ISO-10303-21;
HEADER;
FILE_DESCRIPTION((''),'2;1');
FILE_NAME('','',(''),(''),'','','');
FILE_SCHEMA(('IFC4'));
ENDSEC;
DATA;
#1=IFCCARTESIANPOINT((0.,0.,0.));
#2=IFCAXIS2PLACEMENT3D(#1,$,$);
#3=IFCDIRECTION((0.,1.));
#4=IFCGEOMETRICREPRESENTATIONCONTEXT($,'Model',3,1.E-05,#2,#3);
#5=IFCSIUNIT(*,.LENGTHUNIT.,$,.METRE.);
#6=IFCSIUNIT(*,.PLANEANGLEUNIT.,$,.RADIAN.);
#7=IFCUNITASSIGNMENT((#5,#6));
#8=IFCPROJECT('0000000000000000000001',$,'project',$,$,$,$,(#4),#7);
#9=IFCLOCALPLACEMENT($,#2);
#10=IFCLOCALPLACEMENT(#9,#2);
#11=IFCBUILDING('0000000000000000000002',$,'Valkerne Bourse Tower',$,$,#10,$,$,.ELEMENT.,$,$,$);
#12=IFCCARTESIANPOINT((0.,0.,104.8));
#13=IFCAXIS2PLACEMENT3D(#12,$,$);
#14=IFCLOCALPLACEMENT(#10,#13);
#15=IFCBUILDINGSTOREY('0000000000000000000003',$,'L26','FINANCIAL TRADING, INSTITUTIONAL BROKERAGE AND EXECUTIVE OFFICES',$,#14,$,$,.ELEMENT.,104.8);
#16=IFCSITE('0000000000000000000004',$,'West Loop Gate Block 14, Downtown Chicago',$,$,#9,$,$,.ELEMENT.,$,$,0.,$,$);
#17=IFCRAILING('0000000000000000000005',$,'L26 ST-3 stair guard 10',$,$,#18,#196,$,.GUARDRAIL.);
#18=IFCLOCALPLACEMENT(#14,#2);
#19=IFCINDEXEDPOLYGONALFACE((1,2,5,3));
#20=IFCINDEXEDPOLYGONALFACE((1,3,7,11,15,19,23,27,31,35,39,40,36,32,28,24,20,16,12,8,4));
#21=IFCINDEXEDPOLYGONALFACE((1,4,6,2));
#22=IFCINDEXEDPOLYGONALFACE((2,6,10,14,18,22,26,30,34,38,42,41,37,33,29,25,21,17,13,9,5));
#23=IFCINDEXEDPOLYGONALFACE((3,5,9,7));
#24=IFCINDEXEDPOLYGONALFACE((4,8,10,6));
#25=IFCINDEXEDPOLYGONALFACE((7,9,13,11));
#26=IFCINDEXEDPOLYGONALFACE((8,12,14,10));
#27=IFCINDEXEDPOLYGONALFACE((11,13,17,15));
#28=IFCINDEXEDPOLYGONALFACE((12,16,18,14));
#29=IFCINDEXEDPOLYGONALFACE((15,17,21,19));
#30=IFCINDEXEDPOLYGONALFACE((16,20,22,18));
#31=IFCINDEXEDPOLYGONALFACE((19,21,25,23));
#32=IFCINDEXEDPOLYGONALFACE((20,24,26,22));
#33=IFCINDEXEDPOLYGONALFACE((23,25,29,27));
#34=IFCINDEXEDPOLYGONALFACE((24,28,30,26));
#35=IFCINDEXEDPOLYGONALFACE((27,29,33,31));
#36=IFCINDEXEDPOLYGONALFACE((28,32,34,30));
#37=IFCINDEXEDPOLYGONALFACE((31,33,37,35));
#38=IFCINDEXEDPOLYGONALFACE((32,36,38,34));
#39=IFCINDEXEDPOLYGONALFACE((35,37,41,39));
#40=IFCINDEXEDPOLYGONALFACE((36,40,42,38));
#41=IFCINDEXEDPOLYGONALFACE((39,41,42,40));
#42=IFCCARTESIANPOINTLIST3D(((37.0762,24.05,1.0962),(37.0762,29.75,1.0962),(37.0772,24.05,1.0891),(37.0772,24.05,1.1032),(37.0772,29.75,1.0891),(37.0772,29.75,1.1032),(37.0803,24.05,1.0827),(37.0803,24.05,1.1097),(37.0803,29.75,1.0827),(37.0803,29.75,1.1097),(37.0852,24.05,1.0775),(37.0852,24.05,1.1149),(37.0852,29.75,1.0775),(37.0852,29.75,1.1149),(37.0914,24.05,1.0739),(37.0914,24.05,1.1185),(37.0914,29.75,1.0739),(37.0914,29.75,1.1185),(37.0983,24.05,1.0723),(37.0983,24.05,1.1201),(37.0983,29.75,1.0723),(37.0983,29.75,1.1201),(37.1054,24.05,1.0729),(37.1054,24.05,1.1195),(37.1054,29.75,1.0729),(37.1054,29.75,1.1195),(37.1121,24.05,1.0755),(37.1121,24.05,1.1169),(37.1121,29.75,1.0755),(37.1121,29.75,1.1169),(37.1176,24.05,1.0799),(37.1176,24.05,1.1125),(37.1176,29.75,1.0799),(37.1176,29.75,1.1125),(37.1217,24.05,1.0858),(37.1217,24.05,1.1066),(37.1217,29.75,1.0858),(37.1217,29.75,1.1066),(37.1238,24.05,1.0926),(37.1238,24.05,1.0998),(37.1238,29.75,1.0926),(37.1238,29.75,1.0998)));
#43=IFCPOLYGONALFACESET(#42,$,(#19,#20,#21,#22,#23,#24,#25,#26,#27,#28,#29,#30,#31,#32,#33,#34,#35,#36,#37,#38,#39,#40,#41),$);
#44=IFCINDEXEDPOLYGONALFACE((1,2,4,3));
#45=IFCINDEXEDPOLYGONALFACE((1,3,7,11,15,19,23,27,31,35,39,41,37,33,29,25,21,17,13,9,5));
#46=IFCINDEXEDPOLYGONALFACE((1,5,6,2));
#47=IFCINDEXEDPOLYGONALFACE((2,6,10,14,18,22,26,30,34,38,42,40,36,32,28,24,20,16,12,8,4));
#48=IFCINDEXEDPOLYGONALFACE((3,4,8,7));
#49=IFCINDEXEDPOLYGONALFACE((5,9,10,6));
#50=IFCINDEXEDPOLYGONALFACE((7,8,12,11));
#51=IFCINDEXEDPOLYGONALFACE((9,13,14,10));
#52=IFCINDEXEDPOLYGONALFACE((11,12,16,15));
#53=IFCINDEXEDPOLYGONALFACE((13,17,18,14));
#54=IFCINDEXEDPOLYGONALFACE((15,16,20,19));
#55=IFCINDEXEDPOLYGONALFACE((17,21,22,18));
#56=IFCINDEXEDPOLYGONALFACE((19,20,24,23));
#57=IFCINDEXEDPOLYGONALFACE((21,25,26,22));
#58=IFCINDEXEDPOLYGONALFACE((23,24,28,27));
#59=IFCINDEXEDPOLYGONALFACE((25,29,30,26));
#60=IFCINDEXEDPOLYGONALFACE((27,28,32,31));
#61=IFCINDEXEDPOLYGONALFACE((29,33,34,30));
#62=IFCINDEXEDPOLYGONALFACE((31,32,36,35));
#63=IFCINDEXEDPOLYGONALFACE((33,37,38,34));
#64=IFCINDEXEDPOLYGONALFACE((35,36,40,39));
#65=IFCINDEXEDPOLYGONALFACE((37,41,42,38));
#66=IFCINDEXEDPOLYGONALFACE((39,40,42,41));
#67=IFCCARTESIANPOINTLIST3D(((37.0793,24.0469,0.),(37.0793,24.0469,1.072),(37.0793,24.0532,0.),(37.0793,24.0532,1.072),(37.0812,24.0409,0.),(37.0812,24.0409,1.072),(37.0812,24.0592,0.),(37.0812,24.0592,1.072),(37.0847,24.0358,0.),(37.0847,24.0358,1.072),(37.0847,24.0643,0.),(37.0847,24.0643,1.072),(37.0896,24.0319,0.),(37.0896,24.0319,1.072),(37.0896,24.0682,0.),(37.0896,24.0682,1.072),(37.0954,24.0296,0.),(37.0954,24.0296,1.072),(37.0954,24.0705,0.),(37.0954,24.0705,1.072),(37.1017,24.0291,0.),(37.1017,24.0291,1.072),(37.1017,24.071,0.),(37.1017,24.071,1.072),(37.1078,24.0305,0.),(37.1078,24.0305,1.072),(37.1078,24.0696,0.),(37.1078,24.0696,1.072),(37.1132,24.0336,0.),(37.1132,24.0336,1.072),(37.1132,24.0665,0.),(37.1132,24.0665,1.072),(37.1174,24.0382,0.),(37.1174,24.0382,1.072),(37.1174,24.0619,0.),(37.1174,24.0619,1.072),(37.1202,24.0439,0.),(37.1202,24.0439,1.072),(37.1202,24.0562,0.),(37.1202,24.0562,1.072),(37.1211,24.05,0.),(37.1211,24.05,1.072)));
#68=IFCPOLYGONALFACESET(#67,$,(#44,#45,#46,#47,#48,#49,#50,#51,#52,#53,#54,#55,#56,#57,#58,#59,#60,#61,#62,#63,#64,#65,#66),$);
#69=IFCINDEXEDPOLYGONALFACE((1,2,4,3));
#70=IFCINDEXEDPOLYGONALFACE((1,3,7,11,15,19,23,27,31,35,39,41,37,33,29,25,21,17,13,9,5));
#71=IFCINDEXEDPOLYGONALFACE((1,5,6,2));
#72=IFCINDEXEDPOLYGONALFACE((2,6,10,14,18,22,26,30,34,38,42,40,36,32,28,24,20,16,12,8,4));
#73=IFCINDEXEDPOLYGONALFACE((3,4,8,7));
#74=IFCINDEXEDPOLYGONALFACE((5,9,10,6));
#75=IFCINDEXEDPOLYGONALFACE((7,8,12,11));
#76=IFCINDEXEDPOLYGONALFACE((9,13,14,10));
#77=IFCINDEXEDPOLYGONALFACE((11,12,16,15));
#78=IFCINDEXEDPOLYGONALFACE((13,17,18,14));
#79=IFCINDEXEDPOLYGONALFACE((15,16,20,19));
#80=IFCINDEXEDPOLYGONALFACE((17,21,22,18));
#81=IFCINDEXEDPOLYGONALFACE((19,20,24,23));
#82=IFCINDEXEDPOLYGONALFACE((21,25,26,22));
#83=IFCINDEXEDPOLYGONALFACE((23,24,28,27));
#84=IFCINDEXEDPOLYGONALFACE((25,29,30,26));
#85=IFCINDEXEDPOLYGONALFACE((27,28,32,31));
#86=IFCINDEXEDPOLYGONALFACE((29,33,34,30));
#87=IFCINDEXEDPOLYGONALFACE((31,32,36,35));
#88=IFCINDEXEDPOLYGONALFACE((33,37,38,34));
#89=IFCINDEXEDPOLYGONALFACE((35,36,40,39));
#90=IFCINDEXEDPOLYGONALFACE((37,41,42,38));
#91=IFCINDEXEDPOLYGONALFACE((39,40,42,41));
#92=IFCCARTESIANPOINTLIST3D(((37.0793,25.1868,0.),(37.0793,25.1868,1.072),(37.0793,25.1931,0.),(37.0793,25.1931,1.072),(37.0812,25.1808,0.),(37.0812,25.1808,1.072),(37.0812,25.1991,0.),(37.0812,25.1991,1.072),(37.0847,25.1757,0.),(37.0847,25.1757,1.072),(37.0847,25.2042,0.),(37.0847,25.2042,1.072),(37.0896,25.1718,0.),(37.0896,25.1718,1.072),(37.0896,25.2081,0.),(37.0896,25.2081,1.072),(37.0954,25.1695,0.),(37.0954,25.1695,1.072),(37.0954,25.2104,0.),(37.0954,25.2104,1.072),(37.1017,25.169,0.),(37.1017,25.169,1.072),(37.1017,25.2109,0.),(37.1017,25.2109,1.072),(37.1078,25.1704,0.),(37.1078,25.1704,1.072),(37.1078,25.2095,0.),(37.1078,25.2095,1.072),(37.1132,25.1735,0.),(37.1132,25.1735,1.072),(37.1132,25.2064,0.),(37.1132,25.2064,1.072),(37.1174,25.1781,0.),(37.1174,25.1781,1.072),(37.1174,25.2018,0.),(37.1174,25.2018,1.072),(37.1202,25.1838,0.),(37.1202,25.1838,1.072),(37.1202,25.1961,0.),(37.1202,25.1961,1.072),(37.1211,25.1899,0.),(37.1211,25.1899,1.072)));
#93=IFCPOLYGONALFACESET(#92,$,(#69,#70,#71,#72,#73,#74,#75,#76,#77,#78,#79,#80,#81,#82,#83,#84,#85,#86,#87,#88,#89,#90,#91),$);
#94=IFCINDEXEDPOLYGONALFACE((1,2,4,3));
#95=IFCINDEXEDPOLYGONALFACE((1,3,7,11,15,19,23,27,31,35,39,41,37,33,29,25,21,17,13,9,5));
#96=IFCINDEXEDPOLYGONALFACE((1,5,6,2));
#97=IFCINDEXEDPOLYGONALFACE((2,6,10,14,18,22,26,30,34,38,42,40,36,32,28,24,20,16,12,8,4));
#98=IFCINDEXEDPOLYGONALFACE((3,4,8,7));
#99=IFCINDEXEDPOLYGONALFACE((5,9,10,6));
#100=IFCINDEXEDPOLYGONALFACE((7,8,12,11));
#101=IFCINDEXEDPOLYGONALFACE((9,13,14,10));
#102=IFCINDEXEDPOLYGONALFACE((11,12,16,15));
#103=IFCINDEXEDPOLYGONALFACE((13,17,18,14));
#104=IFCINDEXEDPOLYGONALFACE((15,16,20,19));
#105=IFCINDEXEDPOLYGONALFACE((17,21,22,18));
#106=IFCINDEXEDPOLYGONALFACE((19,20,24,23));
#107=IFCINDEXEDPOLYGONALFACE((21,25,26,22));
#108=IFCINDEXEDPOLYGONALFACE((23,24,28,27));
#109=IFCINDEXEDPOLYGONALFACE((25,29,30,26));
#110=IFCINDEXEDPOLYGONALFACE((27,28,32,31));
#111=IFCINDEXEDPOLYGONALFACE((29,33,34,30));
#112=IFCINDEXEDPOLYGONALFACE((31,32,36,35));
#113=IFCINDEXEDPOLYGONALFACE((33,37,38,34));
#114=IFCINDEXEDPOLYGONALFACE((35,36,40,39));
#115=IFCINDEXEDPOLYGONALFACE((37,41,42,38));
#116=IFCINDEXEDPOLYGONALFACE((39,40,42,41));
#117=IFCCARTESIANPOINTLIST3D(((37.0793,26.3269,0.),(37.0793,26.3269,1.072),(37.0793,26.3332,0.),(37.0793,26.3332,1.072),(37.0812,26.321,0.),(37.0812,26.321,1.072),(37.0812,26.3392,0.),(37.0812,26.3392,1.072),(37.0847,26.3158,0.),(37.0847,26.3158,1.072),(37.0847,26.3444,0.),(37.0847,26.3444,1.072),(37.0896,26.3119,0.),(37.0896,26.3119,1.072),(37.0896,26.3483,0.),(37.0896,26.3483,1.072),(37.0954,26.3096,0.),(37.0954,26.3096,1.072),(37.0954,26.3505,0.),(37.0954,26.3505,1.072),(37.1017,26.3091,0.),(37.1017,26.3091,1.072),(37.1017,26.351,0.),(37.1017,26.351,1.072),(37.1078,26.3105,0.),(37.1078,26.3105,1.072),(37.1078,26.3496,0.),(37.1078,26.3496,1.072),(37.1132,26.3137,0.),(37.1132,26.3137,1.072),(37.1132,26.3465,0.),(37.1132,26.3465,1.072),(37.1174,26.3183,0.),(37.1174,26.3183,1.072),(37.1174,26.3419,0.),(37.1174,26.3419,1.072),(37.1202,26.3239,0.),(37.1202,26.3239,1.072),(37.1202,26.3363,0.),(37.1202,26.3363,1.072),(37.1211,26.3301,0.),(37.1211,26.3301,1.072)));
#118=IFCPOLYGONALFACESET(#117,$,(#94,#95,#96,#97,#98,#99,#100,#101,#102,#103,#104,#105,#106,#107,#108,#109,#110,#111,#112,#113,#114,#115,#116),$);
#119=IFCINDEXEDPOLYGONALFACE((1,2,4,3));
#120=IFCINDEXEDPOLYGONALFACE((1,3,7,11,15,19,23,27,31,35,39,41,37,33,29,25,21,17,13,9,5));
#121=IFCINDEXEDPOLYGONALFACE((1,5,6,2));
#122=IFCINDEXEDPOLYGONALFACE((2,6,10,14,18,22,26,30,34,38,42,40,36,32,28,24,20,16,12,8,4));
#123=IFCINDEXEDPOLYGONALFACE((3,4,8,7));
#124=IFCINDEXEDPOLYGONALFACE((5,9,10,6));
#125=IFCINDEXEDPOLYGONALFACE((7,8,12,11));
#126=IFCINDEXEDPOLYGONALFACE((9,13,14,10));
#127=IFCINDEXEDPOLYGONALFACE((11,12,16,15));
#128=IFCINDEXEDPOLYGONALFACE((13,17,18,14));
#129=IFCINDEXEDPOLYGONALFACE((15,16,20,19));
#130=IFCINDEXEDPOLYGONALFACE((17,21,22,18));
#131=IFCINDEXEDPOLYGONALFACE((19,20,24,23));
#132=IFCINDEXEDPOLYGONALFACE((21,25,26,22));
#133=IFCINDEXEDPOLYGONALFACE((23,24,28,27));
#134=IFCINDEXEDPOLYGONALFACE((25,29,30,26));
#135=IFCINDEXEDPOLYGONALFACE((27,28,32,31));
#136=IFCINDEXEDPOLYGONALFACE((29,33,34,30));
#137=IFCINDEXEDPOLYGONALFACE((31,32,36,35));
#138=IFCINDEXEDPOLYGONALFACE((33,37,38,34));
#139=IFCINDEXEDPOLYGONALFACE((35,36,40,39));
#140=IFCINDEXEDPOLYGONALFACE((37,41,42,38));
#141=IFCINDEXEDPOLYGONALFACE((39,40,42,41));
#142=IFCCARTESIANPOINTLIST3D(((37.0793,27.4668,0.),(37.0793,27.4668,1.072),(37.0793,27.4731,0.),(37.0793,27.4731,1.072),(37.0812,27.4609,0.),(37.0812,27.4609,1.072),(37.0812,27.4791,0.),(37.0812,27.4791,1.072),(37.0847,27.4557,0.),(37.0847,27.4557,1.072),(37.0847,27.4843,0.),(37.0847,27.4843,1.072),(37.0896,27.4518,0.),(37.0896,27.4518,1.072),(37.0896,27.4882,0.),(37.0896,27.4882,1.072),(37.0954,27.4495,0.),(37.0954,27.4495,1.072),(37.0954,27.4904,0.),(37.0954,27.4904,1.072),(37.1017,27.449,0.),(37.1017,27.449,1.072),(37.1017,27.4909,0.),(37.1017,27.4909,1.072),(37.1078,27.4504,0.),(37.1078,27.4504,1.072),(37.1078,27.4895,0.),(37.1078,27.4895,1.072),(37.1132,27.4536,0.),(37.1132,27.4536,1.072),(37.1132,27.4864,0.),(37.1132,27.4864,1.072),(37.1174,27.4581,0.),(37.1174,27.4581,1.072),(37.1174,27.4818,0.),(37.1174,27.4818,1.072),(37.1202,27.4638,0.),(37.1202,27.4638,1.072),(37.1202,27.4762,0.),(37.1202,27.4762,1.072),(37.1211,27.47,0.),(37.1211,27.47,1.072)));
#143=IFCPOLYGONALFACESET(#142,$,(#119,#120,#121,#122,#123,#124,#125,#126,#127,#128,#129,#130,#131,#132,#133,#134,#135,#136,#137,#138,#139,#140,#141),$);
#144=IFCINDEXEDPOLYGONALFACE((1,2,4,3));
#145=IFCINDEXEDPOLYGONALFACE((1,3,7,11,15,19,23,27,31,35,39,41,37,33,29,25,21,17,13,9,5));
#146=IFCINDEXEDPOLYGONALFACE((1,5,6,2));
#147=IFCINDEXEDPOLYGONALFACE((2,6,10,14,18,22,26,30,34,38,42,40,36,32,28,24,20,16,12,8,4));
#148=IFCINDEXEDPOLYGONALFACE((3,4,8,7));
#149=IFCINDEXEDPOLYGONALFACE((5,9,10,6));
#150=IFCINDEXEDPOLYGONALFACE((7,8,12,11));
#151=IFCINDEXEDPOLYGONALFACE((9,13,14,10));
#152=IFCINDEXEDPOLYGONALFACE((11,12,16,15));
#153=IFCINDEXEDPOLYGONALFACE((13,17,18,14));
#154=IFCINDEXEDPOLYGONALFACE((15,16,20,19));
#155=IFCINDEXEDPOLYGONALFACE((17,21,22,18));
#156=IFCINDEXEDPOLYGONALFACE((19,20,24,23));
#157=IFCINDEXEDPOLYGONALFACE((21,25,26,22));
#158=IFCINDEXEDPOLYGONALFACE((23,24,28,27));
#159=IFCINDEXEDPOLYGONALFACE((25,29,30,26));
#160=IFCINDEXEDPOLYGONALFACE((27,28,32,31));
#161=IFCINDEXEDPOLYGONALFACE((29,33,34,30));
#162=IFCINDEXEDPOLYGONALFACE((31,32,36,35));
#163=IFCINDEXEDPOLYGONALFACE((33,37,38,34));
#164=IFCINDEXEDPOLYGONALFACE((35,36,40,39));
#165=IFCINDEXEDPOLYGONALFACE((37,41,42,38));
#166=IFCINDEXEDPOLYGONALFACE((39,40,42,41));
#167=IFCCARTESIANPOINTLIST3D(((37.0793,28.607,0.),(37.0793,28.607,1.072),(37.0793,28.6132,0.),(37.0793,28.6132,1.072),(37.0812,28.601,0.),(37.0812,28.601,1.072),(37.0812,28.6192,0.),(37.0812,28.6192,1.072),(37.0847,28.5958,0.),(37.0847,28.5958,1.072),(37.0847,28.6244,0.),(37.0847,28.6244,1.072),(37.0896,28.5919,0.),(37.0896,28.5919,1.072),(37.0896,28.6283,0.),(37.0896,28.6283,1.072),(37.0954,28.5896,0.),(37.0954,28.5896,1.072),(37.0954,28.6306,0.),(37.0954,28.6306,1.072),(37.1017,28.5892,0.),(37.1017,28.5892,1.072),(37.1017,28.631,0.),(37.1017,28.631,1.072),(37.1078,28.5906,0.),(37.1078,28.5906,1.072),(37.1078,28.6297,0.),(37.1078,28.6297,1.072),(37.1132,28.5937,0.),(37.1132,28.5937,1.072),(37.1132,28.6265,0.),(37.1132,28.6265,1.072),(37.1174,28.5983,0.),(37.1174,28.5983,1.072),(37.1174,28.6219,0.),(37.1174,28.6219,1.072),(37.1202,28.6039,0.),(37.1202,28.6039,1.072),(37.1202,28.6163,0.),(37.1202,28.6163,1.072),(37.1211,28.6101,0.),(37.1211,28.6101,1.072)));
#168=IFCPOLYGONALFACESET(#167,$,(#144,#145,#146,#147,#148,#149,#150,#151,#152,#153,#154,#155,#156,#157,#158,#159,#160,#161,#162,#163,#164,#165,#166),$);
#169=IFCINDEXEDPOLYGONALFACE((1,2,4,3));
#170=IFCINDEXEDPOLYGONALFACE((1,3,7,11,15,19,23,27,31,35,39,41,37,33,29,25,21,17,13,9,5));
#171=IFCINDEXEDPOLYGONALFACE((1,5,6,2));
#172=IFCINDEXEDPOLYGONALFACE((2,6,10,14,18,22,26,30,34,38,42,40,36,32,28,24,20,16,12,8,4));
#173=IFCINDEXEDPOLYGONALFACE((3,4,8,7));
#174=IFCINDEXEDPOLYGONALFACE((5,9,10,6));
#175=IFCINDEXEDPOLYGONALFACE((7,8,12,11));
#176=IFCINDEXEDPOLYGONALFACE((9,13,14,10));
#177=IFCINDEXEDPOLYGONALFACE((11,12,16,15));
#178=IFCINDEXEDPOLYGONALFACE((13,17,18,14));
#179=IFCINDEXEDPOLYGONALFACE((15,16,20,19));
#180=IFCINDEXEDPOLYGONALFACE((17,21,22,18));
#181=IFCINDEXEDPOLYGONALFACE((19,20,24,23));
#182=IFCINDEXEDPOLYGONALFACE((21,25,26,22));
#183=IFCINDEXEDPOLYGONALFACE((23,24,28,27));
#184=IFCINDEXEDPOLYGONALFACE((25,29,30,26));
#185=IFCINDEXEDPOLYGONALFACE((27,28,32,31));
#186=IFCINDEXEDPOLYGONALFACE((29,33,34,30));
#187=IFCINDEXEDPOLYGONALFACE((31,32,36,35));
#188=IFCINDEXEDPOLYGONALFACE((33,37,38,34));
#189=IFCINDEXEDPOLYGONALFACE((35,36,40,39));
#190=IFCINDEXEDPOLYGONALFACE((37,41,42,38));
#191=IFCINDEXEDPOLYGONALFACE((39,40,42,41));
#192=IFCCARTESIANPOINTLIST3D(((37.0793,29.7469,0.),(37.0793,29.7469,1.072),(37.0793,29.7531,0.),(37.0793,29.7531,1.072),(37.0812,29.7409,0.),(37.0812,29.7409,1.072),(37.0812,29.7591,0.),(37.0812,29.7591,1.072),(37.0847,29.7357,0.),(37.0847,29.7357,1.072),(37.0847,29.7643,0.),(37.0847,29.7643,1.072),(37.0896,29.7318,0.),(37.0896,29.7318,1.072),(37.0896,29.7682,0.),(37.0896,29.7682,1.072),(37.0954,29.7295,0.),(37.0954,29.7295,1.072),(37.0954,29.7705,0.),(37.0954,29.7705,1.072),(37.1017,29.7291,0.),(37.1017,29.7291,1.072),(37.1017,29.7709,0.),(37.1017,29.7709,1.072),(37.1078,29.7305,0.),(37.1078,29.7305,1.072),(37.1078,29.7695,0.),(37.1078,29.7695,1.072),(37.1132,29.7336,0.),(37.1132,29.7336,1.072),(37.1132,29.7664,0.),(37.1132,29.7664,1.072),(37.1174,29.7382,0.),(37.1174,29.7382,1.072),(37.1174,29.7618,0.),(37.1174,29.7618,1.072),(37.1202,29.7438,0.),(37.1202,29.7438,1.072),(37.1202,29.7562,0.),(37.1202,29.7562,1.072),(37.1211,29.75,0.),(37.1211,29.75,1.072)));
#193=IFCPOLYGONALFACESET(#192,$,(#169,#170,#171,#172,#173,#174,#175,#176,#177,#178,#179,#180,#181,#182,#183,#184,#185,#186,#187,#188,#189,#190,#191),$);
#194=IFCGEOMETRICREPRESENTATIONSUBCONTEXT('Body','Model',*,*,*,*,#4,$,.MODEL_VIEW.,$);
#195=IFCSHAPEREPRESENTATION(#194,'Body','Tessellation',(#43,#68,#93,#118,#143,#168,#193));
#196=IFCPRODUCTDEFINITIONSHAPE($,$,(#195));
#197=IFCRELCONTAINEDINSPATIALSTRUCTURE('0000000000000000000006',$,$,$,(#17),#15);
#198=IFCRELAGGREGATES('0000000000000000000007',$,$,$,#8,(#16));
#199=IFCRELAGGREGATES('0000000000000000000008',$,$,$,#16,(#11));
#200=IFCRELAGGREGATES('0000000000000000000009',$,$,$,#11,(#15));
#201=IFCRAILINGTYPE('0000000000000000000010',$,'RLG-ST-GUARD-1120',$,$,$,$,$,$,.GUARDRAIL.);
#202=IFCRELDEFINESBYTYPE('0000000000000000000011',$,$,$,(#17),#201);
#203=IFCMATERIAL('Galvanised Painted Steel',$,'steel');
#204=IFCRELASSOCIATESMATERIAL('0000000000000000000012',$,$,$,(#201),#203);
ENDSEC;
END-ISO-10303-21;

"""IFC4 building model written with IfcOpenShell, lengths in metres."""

from ifc_helpers import new_model, si_unit, direction, frame, origin, origin_2d, place, context, subcontext, project, spatial, circle, extrude, material, type_object, element, save


model = new_model("IFC4")

# Units and contexts
model_context = context("Model", 3, precision=1e-05, world=origin(), true_north=direction((0.0, 1.0)))
body_context = subcontext(model_context, "Body", "Model", "MODEL_VIEW")
ifc_project = project(units=[si_unit("LENGTHUNIT", "METRE"), si_unit("PLANEANGLEUNIT", "RADIAN")], contexts=[model_context])

# Site, building, storey
site_placement = place(None, origin())
site = spatial("IfcSite", under=ifc_project, at=site_placement, Name="West Loop Gate Block 14, Downtown Chicago", CompositionType="ELEMENT", RefElevation=0.0)
building_placement = place(site_placement, origin())
building = spatial("IfcBuilding", under=site, at=building_placement, Name="Valkerne Bourse Tower", CompositionType="ELEMENT")
storey_placement = place(building_placement, frame((0.0, 0.0, 104.8)))
storey = spatial("IfcBuildingStorey", under=building, at=storey_placement, Name="L26", Description="FINANCIAL TRADING, INSTITUTIONAL BROKERAGE AND EXECUTIVE OFFICES", CompositionType="ELEMENT", Elevation=104.8)

# Shared definitions
ifc_material_1 = material(Name="Galvanised Painted Steel", Category="steel")

# Railing
railing_type_1 = type_object("IfcRailingType", Name="RLG-ST-GUARD-1120", PredefinedType="GUARDRAIL", material=ifc_material_1)
for number, where, name in (
    (1, (37.1001, 24.05, 0.0), "L26 ST-3 stair guard 10"),
):
    element("IfcRailing", number, at=place(storey_placement, frame(where)), inside=storey, type_object=railing_type_1, Name=name, PredefinedType="GUARDRAIL", context=body_context, shape_type="SweptSolid", body=[
        extrude(circle(Radius=0.0239, at=origin_2d()), frame((0.0, 0.0, 1.0962), z_axis=(0.0, 1.0, 0.0), x_axis=(-1.0, 0.0, 0.0)), (0.0, 0.0, 1.0), 5.7),
        extrude(circle(Radius=0.021, at=origin_2d()), origin(), (0.0, 0.0, 1.0), 1.072),
        extrude(circle(Radius=0.021, at=origin_2d()), frame((0.0, 1.1399, 0.0)), (0.0, 0.0, 1.0), 1.072),
        extrude(circle(Radius=0.021, at=origin_2d()), frame((0.0, 2.28, 0.0)), (0.0, 0.0, 1.0), 1.072),
        extrude(circle(Radius=0.021, at=origin_2d()), frame((0.0, 3.4199, 0.0)), (0.0, 0.0, 1.0), 1.072),
        extrude(circle(Radius=0.021, at=origin_2d()), frame((0.0, 4.5601, 0.0)), (0.0, 0.0, 1.0), 1.072),
        extrude(circle(Radius=0.021, at=origin_2d()), frame((0.0, 5.7, 0.0)), (0.0, 0.0, 1.0), 1.072),
    ])

save(model, "model.ifc")
